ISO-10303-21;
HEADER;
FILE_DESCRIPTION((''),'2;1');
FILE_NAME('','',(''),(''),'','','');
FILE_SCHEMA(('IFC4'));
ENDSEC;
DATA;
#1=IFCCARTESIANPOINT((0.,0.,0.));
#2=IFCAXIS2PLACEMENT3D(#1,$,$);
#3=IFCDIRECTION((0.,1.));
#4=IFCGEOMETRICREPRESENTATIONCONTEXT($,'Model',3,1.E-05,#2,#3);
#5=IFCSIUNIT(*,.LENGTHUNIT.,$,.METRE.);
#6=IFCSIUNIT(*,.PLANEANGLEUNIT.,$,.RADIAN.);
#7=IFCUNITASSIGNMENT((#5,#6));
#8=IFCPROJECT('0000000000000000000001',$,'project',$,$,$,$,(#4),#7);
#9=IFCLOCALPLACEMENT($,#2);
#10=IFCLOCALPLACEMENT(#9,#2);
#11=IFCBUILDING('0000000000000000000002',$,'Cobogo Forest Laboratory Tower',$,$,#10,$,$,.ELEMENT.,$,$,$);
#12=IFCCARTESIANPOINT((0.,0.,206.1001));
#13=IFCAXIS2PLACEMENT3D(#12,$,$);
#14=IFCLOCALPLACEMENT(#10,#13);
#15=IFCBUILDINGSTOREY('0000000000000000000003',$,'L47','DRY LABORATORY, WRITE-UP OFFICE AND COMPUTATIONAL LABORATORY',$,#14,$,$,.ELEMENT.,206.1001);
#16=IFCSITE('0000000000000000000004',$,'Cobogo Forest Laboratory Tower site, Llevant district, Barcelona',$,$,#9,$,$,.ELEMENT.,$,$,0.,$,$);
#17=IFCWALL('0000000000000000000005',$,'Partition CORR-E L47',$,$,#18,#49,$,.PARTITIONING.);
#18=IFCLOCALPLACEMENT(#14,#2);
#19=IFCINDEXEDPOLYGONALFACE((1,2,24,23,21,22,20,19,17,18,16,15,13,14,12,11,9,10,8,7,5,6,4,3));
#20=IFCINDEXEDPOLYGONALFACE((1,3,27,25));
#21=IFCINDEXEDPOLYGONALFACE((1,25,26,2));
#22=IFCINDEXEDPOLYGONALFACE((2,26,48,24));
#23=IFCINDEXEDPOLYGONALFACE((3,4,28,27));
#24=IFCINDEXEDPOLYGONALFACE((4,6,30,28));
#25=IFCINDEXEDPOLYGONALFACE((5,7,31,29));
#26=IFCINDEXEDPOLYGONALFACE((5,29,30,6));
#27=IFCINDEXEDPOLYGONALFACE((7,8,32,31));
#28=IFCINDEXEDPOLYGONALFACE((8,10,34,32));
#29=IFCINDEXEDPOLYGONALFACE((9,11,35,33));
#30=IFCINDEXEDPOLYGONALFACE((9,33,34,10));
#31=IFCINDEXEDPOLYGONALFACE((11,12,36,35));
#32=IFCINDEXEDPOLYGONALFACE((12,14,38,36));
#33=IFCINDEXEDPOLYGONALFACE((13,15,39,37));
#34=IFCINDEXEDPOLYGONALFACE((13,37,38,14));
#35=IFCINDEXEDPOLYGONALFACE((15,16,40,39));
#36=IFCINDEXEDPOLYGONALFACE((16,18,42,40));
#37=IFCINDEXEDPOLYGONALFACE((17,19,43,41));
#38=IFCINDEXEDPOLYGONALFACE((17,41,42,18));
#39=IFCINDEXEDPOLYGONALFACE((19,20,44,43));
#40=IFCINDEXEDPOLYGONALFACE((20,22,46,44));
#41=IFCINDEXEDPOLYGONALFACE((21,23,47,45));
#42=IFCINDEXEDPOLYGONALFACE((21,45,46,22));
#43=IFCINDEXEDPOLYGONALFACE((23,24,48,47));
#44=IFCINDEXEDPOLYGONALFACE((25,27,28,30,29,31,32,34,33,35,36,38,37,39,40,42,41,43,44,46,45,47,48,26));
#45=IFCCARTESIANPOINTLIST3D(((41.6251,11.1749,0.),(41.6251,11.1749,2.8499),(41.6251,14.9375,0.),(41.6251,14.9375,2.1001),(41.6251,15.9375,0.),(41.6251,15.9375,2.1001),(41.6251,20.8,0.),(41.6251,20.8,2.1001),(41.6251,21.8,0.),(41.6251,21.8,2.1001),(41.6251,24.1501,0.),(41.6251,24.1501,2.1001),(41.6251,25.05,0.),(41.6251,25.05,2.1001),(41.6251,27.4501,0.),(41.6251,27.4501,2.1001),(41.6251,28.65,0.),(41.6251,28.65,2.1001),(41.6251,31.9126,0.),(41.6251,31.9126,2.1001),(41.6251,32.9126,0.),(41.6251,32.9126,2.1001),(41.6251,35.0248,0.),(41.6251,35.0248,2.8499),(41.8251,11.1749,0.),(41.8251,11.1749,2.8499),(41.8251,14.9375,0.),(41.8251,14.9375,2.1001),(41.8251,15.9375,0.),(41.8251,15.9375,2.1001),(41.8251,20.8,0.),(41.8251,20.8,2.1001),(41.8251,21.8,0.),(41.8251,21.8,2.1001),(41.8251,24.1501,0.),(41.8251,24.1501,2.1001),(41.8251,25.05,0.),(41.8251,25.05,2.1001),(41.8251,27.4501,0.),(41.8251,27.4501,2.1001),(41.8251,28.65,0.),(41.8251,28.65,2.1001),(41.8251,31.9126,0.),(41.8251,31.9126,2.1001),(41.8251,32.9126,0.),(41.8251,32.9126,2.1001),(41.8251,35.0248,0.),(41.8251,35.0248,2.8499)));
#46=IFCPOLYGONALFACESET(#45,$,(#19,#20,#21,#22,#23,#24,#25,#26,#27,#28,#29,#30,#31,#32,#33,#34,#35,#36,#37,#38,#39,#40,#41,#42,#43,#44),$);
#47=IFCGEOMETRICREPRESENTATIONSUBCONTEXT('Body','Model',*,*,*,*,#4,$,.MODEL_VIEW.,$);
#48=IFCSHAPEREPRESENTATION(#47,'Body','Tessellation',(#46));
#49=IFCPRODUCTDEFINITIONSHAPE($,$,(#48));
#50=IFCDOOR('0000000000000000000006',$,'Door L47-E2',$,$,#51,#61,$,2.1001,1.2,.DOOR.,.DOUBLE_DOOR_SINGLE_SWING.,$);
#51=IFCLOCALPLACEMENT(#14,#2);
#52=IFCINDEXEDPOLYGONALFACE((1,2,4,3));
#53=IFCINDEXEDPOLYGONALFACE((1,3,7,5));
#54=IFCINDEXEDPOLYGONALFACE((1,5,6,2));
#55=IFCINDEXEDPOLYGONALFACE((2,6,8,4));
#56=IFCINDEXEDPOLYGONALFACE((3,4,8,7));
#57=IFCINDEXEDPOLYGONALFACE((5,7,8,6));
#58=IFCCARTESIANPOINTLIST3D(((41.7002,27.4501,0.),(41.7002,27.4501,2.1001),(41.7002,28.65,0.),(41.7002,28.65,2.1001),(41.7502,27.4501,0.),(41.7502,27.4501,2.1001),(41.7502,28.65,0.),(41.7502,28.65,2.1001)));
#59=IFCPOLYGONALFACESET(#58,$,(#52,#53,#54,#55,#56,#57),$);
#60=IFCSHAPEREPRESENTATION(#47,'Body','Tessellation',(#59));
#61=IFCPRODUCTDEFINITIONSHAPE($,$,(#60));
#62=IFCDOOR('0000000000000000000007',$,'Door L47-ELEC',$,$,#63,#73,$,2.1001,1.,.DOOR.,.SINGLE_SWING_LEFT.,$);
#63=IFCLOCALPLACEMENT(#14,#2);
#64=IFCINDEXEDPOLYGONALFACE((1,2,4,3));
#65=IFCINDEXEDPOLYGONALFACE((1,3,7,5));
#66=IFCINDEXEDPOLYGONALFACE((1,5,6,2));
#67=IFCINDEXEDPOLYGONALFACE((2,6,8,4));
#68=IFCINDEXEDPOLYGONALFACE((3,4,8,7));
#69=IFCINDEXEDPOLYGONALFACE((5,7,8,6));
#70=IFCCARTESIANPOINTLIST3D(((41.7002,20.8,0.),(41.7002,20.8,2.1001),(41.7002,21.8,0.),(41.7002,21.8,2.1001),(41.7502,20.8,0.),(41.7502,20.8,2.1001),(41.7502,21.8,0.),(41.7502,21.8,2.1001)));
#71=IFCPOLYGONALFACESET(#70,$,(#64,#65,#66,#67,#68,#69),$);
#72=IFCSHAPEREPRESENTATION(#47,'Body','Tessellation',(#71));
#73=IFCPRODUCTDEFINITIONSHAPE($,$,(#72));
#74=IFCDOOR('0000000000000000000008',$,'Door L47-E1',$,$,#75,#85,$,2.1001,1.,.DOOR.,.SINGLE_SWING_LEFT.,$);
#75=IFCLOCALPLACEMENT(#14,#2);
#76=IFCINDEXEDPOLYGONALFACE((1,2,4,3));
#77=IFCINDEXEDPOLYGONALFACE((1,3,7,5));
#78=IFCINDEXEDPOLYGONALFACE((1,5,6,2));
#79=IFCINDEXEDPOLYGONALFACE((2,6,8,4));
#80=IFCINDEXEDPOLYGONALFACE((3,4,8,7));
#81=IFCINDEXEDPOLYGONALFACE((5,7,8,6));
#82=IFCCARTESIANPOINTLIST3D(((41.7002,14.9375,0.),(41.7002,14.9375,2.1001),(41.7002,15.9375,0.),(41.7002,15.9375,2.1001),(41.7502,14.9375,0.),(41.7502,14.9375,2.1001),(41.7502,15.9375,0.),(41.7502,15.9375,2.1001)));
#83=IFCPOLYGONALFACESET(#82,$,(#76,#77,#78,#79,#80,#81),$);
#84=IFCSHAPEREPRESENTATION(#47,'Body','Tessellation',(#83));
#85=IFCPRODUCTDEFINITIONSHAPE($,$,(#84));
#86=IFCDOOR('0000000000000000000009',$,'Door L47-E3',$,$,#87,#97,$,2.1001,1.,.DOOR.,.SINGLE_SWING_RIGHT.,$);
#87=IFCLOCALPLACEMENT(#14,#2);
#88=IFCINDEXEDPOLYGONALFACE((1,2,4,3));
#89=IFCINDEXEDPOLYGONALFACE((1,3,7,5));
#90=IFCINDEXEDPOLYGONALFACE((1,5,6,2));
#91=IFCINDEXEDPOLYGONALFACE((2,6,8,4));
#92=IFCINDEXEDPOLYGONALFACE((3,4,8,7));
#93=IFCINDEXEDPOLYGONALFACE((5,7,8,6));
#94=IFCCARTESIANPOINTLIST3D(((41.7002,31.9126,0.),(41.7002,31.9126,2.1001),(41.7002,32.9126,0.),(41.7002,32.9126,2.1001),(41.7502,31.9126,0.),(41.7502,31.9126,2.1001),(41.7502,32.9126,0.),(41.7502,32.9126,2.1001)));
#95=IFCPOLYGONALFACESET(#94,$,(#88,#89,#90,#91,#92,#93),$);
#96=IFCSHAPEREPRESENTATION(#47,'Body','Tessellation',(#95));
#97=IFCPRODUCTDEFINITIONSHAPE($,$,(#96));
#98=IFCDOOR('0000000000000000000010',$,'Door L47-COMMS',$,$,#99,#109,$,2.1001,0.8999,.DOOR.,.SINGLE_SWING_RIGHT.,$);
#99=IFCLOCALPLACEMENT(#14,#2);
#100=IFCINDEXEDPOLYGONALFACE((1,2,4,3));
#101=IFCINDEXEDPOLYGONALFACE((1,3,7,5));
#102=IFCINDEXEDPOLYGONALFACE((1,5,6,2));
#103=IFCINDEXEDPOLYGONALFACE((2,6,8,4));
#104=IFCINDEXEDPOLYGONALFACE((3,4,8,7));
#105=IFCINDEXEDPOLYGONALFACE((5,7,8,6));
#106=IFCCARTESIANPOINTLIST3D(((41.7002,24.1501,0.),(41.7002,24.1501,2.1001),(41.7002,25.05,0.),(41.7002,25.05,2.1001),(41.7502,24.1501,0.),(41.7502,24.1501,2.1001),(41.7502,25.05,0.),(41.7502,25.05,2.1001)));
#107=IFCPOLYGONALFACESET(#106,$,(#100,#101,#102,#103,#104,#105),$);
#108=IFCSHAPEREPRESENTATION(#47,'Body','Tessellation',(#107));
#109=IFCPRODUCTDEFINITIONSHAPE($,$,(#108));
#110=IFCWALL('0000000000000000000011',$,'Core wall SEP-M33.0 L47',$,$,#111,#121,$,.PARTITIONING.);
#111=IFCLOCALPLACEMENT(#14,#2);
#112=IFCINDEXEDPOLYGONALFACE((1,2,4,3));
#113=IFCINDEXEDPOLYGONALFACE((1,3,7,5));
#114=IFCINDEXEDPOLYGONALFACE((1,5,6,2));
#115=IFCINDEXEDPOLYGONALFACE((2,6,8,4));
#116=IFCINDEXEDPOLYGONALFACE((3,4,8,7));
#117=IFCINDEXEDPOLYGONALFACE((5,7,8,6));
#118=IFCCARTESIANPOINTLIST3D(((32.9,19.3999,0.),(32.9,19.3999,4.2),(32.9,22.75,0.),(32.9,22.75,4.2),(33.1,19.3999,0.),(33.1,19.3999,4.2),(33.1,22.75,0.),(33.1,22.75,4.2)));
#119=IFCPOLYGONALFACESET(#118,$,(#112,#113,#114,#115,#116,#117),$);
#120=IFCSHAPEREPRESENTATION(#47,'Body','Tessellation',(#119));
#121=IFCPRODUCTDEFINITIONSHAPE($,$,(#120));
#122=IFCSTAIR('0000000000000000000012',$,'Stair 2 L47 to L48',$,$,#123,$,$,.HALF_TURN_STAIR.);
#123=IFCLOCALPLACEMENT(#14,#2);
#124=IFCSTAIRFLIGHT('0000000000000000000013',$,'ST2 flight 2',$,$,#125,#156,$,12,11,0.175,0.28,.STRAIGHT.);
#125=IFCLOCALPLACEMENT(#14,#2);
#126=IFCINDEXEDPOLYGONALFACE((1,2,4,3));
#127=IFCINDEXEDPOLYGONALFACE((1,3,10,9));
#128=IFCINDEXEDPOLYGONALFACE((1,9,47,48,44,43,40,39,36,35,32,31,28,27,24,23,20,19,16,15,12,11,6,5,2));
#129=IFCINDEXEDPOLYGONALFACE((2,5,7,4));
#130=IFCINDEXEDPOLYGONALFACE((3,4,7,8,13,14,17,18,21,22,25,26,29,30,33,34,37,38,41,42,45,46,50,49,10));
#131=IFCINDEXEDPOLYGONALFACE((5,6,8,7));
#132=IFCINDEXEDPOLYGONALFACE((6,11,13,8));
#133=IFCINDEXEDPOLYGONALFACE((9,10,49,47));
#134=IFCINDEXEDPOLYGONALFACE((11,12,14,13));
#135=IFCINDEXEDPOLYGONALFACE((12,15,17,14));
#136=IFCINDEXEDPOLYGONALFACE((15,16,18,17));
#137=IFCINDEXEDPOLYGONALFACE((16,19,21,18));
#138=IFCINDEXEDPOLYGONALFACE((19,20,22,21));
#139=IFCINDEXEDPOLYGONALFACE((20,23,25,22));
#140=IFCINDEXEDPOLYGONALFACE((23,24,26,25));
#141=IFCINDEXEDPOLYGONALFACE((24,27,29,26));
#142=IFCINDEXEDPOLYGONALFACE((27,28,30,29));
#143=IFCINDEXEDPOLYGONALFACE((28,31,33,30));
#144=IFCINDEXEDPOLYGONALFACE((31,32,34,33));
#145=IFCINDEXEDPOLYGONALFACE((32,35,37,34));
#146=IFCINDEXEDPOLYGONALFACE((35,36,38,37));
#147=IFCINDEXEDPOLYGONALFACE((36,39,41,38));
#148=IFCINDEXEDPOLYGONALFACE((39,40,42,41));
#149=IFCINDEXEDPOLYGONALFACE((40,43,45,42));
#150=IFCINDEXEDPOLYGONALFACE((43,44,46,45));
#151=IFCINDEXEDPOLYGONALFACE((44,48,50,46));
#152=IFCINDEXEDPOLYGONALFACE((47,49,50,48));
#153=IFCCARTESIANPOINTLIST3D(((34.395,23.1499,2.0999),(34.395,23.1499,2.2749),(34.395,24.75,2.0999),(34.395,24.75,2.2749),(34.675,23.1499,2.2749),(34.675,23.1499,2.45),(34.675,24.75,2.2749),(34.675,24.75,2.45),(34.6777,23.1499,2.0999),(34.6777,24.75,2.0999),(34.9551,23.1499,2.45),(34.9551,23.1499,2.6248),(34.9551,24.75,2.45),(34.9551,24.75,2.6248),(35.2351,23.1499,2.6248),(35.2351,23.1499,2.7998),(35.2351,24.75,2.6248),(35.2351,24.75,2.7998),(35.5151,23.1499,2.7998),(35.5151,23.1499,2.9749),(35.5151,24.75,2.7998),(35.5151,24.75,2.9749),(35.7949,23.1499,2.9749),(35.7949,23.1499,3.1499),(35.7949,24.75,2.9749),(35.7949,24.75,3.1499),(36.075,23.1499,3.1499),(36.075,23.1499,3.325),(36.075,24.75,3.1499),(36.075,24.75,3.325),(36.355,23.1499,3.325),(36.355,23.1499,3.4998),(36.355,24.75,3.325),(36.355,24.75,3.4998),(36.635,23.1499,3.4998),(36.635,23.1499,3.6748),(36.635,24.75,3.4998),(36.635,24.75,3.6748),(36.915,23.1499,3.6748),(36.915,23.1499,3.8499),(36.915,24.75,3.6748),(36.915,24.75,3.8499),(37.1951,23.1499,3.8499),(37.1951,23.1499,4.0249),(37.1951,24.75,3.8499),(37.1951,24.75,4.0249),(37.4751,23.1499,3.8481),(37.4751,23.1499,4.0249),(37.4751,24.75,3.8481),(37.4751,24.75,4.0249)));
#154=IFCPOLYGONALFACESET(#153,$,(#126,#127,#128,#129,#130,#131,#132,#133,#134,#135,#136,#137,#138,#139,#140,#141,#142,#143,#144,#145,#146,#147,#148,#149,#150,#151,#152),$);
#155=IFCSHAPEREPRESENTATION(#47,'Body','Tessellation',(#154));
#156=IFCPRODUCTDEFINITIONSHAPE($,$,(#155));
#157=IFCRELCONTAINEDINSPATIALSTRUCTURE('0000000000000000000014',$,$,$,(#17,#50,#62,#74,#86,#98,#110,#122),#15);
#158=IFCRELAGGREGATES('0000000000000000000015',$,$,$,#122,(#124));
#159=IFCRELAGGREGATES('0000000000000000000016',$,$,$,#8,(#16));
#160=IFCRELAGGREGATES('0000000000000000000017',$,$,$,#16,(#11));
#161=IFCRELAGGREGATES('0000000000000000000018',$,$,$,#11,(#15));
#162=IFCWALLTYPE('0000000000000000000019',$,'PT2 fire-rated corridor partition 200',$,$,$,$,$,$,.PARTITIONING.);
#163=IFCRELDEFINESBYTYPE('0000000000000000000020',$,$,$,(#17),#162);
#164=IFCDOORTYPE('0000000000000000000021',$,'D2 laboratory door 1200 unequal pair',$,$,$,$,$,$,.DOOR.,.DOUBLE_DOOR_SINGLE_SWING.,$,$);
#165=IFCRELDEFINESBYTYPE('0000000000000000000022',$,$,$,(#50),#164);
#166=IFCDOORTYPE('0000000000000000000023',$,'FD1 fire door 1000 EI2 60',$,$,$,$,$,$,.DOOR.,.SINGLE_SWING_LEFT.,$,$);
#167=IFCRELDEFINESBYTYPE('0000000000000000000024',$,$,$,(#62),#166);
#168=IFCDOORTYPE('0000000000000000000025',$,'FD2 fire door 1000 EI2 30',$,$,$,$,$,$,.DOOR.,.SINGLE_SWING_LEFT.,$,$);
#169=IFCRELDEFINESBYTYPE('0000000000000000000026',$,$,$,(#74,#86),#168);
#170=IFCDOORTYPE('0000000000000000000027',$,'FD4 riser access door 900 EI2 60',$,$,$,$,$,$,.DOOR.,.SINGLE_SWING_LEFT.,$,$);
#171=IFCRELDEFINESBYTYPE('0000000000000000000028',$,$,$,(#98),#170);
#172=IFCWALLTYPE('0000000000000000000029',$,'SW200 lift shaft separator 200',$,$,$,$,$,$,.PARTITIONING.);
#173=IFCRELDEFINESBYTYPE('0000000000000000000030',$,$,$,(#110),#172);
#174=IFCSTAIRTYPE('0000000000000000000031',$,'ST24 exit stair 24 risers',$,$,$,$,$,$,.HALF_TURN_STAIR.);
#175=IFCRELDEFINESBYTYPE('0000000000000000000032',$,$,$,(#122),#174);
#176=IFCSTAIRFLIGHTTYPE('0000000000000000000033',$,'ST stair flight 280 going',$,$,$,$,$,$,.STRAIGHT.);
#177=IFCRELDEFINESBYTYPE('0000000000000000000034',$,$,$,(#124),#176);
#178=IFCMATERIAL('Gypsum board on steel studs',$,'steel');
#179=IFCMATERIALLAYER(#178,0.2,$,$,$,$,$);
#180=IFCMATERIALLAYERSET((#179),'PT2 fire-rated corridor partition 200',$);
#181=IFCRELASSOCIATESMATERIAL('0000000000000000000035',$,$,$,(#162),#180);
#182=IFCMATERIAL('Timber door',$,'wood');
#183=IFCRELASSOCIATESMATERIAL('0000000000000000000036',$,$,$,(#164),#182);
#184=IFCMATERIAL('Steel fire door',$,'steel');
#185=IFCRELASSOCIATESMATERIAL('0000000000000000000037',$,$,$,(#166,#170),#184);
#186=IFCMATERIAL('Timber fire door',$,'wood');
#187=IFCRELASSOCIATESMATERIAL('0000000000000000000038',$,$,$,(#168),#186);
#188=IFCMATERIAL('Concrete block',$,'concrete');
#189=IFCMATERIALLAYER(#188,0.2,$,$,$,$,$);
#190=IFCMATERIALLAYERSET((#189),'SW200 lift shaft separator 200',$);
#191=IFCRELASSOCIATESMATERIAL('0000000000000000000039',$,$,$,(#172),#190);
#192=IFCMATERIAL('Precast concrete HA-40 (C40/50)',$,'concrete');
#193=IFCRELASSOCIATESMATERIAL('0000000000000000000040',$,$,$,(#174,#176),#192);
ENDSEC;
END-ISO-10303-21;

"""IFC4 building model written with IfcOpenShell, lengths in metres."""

from ifc_helpers import new_model, si_unit, direction, frame, frame_2d, origin, place, context, subcontext, project, spatial, polyline, rectangle, outline, extrude, material, layer, layer_set, type_object, element, fill, aggregate, save


model = new_model("IFC4")

# Units and contexts
model_context = context("Model", 3, precision=1e-05, world=origin(), true_north=direction((0.0, 1.0)))
body_context = subcontext(model_context, "Body", "Model", "MODEL_VIEW")
ifc_project = project(units=[si_unit("LENGTHUNIT", "METRE"), si_unit("PLANEANGLEUNIT", "RADIAN")], contexts=[model_context])

# Site, building, storey
site_placement = place(None, origin())
site = spatial("IfcSite", under=ifc_project, at=site_placement, Name="Cobogo Forest Laboratory Tower site, Llevant district, Barcelona", CompositionType="ELEMENT", RefElevation=0.0)
building_placement = place(site_placement, origin())
building = spatial("IfcBuilding", under=site, at=building_placement, Name="Cobogo Forest Laboratory Tower", CompositionType="ELEMENT")
storey_placement = place(building_placement, frame((0.0, 0.0, 206.1001)))
storey = spatial("IfcBuildingStorey", under=building, at=storey_placement, Name="L47", Description="DRY LABORATORY, WRITE-UP OFFICE AND COMPUTATIONAL LABORATORY", CompositionType="ELEMENT", Elevation=206.1001)

# Shared definitions
ifc_material_1 = material(Name="Steel fire door", Category="steel")

# Shared definitions
ifc_material_2 = material(Name="Gypsum board on steel studs", Category="steel")

# Wall, openings, doors
ifc_layer_1 = layer(ifc_material_2, 0.2)
ifc_layer_set_1 = layer_set([ifc_layer_1], Name="PT2 fire-rated corridor partition 200")
wall_type_1 = type_object("IfcWallType", Name="PT2 fire-rated corridor partition 200", PredefinedType="PARTITIONING", material=ifc_layer_set_1)
wall_1_placement = place(storey_placement, frame((41.7251, 11.175, 0.0), z_axis=(0.0, 0.0, 1.0), x_axis=(0.0, 1.0, 0.0)))
wall_1 = element("IfcWall", 1, at=wall_1_placement, inside=storey, type_object=wall_type_1, Name="Partition CORR-E L47", PredefinedType="PARTITIONING", context=body_context, shape_type="SweptSolid", body=[
    extrude(rectangle(XDim=23.8499, YDim=0.2, at=frame_2d((11.9248, 0.0))), origin(), (0.0, 0.0, 1.0), 2.8499),
])
opening_1_placement = place(wall_1_placement, frame((3.7625, 0.0, 0.0)))
opening_1 = element("IfcOpeningElement", 2, at=opening_1_placement, cuts=wall_1, PredefinedType="OPENING", context=body_context, shape_type="SweptSolid", body=[
    extrude(rectangle(XDim=1.0, YDim=2.1001, at=frame_2d((0.5, 1.05))), frame((0.0, 0.1099, 0.0), z_axis=(0.0, -1.0, 0.0), x_axis=(1.0, 0.0, 0.0)), (0.0, 0.0, 1.0), 0.22),
])
opening_2_placement = place(wall_1_placement, frame((9.625, 0.0, 0.0)))
opening_2 = element("IfcOpeningElement", 3, at=opening_2_placement, cuts=wall_1, PredefinedType="OPENING", context=body_context, shape_type="SweptSolid", body=[
    extrude(rectangle(XDim=1.0, YDim=2.1001, at=frame_2d((0.5, 1.05))), frame((0.0, 0.1099, 0.0), z_axis=(0.0, -1.0, 0.0), x_axis=(1.0, 0.0, 0.0)), (0.0, 0.0, 1.0), 0.22),
])
opening_3_placement = place(wall_1_placement, frame((12.9751, 0.0, 0.0)))
opening_3 = element("IfcOpeningElement", 4, at=opening_3_placement, cuts=wall_1, PredefinedType="OPENING", context=body_context, shape_type="SweptSolid", body=[
    extrude(rectangle(XDim=0.8999, YDim=2.1001, at=frame_2d((0.45, 1.05))), frame((0.0, 0.1099, 0.0), z_axis=(0.0, -1.0, 0.0), x_axis=(1.0, 0.0, 0.0)), (0.0, 0.0, 1.0), 0.22),
])
opening_4_placement = place(wall_1_placement, frame((16.2749, 0.0, 0.0)))
opening_4 = element("IfcOpeningElement", 5, at=opening_4_placement, cuts=wall_1, PredefinedType="OPENING", context=body_context, shape_type="SweptSolid", body=[
    extrude(rectangle(XDim=1.2, YDim=2.1001, at=frame_2d((0.6001, 1.05))), frame((0.0, 0.1099, 0.0), z_axis=(0.0, -1.0, 0.0), x_axis=(1.0, 0.0, 0.0)), (0.0, 0.0, 1.0), 0.22),
])
opening_5_placement = place(wall_1_placement, frame((20.7375, 0.0, 0.0)))
opening_5 = element("IfcOpeningElement", 6, at=opening_5_placement, cuts=wall_1, PredefinedType="OPENING", context=body_context, shape_type="SweptSolid", body=[
    extrude(rectangle(XDim=1.0, YDim=2.1001, at=frame_2d((0.5, 1.05))), frame((0.0, 0.1099, 0.0), z_axis=(0.0, -1.0, 0.0), x_axis=(1.0, 0.0, 0.0)), (0.0, 0.0, 1.0), 0.22),
])
ifc_material_3 = material(Name="Timber door", Category="wood")
door_type_1 = type_object("IfcDoorType", Name="D2 laboratory door 1200 unequal pair", OperationType="DOUBLE_DOOR_SINGLE_SWING", PredefinedType="DOOR", material=ifc_material_3)
door_1_placement = place(opening_4_placement, origin())
door_1 = element("IfcDoor", 7, at=door_1_placement, inside=storey, type_object=door_type_1, Name="Door L47-E2", OperationType="DOUBLE_DOOR_SINGLE_SWING", OverallHeight=2.1001, OverallWidth=1.2, PredefinedType="DOOR", context=body_context, shape_type="SweptSolid", body=[
    extrude(rectangle(XDim=1.2, YDim=2.1001, at=frame_2d((0.6001, 1.05))), frame((0.0, 0.0249, 0.0), z_axis=(0.0, -1.0, 0.0), x_axis=(1.0, 0.0, 0.0)), (0.0, 0.0, 1.0), 0.05),
])
fill(opening_4, door_1)
door_type_2 = type_object("IfcDoorType", Name="FD1 fire door 1000 EI2 60", OperationType="SINGLE_SWING_LEFT", PredefinedType="DOOR", material=ifc_material_1)
door_2_placement = place(opening_2_placement, origin())
door_2 = element("IfcDoor", 8, at=door_2_placement, inside=storey, type_object=door_type_2, Name="Door L47-ELEC", OperationType="SINGLE_SWING_LEFT", OverallHeight=2.1001, OverallWidth=1.0, PredefinedType="DOOR", context=body_context, shape_type="SweptSolid", body=[
    extrude(rectangle(XDim=1.0, YDim=2.1001, at=frame_2d((0.5, 1.05))), frame((0.0, 0.0249, 0.0), z_axis=(0.0, -1.0, 0.0), x_axis=(1.0, 0.0, 0.0)), (0.0, 0.0, 1.0), 0.05),
])
fill(opening_2, door_2)
ifc_material_4 = material(Name="Timber fire door", Category="wood")
door_type_3 = type_object("IfcDoorType", Name="FD2 fire door 1000 EI2 30", OperationType="SINGLE_SWING_LEFT", PredefinedType="DOOR", material=ifc_material_4)
door_3_placement = place(opening_1_placement, origin())
door_3 = element("IfcDoor", 9, at=door_3_placement, inside=storey, type_object=door_type_3, Name="Door L47-E1", OperationType="SINGLE_SWING_LEFT", OverallHeight=2.1001, OverallWidth=1.0, PredefinedType="DOOR", context=body_context, shape_type="SweptSolid", body=[
    extrude(rectangle(XDim=1.0, YDim=2.1001, at=frame_2d((0.5, 1.05))), frame((0.0, 0.0249, 0.0), z_axis=(0.0, -1.0, 0.0), x_axis=(1.0, 0.0, 0.0)), (0.0, 0.0, 1.0), 0.05),
])
fill(opening_1, door_3)
door_4_placement = place(opening_5_placement, origin())
door_4 = element("IfcDoor", 10, at=door_4_placement, inside=storey, type_object=door_type_3, Name="Door L47-E3", OperationType="SINGLE_SWING_RIGHT", OverallHeight=2.1001, OverallWidth=1.0, PredefinedType="DOOR", context=body_context, shape_type="SweptSolid", body=[
    extrude(rectangle(XDim=1.0, YDim=2.1001, at=frame_2d((0.5, 1.05))), frame((0.0, 0.0249, 0.0), z_axis=(0.0, -1.0, 0.0), x_axis=(1.0, 0.0, 0.0)), (0.0, 0.0, 1.0), 0.05),
])
fill(opening_5, door_4)
door_type_4 = type_object("IfcDoorType", Name="FD4 riser access door 900 EI2 60", OperationType="SINGLE_SWING_LEFT", PredefinedType="DOOR", material=ifc_material_1)
door_5_placement = place(opening_3_placement, origin())
door_5 = element("IfcDoor", 11, at=door_5_placement, inside=storey, type_object=door_type_4, Name="Door L47-COMMS", OperationType="SINGLE_SWING_RIGHT", OverallHeight=2.1001, OverallWidth=0.8999, PredefinedType="DOOR", context=body_context, shape_type="SweptSolid", body=[
    extrude(rectangle(XDim=0.8999, YDim=2.1001, at=frame_2d((0.45, 1.05))), frame((0.0, 0.0249, 0.0), z_axis=(0.0, -1.0, 0.0), x_axis=(1.0, 0.0, 0.0)), (0.0, 0.0, 1.0), 0.05),
])
fill(opening_3, door_5)

# Wall
ifc_material_5 = material(Name="Concrete block", Category="concrete")
ifc_layer_2 = layer(ifc_material_5, 0.2)
ifc_layer_set_2 = layer_set([ifc_layer_2], Name="SW200 lift shaft separator 200")
wall_type_2 = type_object("IfcWallType", Name="SW200 lift shaft separator 200", PredefinedType="PARTITIONING", material=ifc_layer_set_2)
wall_2_placement = place(storey_placement, frame((33.0, 19.3999, 0.0), z_axis=(0.0, 0.0, 1.0), x_axis=(0.0, 1.0, 0.0)))
element("IfcWall", 12, at=wall_2_placement, inside=storey, type_object=wall_type_2, Name="Core wall SEP-M33.0 L47", PredefinedType="PARTITIONING", context=body_context, shape_type="SweptSolid", body=[
    extrude(rectangle(XDim=3.3501, YDim=0.2, at=frame_2d((1.675, 0.0))), origin(), (0.0, 0.0, 1.0), 4.2),
])

# Stair, stair flight
ifc_material_6 = material(Name="Precast concrete HA-40 (C40/50)", Category="concrete")
stair_type = type_object("IfcStairType", Name="ST24 exit stair 24 risers", PredefinedType="HALF_TURN_STAIR", material=ifc_material_6)
stair_placement = place(storey_placement, origin())
stair = element("IfcStair", 13, at=stair_placement, inside=storey, type_object=stair_type, Name="Stair 2 L47 to L48", PredefinedType="HALF_TURN_STAIR")
stair_flight_type = type_object("IfcStairFlightType", Name="ST stair flight 280 going", PredefinedType="STRAIGHT", material=ifc_material_6)
stair_flight_placement = place(storey_placement, frame((34.395, 23.95, 2.0999), z_axis=(0.0, 0.0, 1.0), x_axis=(1.0, 0.0, 0.0)))
stair_flight = element("IfcStairFlight", 14, at=stair_flight_placement, type_object=stair_flight_type, Name="ST2 flight 2", NumberOfRisers=12, NumberOfTreads=11, PredefinedType="STRAIGHT", RiserHeight=0.175, TreadLength=0.28, context=body_context, shape_type="SweptSolid", body=[
    extrude(outline(polyline([(0.0, 0.0), (0.0, 0.175), (0.28, 0.175), (0.28, 0.3501), (0.5601, 0.3501), (0.5601, 0.5249), (0.8401, 0.5249), (0.8401, 0.7), (1.1201, 0.7), (1.1201, 0.875), (1.3999, 0.875), (1.3999, 1.05), (1.6799, 1.05), (1.6799, 1.2251), (1.96, 1.2251), (1.96, 1.3999), (2.24, 1.3999), (2.24, 1.575), (2.52, 1.575), (2.52, 1.75), (2.8, 1.75), (2.8, 1.925), (3.0801, 1.925), (3.0801, 2.1001), (3.0801, 1.7483), (0.2827, 0.0), (0.0, 0.0)])), frame((0.0, 0.8, 0.0), z_axis=(0.0, -1.0, 0.0), x_axis=(1.0, 0.0, 0.0)), (0.0, 0.0, 1.0), 1.6001),
])
aggregate(stair, [stair_flight])

save(model, "model.ifc")
